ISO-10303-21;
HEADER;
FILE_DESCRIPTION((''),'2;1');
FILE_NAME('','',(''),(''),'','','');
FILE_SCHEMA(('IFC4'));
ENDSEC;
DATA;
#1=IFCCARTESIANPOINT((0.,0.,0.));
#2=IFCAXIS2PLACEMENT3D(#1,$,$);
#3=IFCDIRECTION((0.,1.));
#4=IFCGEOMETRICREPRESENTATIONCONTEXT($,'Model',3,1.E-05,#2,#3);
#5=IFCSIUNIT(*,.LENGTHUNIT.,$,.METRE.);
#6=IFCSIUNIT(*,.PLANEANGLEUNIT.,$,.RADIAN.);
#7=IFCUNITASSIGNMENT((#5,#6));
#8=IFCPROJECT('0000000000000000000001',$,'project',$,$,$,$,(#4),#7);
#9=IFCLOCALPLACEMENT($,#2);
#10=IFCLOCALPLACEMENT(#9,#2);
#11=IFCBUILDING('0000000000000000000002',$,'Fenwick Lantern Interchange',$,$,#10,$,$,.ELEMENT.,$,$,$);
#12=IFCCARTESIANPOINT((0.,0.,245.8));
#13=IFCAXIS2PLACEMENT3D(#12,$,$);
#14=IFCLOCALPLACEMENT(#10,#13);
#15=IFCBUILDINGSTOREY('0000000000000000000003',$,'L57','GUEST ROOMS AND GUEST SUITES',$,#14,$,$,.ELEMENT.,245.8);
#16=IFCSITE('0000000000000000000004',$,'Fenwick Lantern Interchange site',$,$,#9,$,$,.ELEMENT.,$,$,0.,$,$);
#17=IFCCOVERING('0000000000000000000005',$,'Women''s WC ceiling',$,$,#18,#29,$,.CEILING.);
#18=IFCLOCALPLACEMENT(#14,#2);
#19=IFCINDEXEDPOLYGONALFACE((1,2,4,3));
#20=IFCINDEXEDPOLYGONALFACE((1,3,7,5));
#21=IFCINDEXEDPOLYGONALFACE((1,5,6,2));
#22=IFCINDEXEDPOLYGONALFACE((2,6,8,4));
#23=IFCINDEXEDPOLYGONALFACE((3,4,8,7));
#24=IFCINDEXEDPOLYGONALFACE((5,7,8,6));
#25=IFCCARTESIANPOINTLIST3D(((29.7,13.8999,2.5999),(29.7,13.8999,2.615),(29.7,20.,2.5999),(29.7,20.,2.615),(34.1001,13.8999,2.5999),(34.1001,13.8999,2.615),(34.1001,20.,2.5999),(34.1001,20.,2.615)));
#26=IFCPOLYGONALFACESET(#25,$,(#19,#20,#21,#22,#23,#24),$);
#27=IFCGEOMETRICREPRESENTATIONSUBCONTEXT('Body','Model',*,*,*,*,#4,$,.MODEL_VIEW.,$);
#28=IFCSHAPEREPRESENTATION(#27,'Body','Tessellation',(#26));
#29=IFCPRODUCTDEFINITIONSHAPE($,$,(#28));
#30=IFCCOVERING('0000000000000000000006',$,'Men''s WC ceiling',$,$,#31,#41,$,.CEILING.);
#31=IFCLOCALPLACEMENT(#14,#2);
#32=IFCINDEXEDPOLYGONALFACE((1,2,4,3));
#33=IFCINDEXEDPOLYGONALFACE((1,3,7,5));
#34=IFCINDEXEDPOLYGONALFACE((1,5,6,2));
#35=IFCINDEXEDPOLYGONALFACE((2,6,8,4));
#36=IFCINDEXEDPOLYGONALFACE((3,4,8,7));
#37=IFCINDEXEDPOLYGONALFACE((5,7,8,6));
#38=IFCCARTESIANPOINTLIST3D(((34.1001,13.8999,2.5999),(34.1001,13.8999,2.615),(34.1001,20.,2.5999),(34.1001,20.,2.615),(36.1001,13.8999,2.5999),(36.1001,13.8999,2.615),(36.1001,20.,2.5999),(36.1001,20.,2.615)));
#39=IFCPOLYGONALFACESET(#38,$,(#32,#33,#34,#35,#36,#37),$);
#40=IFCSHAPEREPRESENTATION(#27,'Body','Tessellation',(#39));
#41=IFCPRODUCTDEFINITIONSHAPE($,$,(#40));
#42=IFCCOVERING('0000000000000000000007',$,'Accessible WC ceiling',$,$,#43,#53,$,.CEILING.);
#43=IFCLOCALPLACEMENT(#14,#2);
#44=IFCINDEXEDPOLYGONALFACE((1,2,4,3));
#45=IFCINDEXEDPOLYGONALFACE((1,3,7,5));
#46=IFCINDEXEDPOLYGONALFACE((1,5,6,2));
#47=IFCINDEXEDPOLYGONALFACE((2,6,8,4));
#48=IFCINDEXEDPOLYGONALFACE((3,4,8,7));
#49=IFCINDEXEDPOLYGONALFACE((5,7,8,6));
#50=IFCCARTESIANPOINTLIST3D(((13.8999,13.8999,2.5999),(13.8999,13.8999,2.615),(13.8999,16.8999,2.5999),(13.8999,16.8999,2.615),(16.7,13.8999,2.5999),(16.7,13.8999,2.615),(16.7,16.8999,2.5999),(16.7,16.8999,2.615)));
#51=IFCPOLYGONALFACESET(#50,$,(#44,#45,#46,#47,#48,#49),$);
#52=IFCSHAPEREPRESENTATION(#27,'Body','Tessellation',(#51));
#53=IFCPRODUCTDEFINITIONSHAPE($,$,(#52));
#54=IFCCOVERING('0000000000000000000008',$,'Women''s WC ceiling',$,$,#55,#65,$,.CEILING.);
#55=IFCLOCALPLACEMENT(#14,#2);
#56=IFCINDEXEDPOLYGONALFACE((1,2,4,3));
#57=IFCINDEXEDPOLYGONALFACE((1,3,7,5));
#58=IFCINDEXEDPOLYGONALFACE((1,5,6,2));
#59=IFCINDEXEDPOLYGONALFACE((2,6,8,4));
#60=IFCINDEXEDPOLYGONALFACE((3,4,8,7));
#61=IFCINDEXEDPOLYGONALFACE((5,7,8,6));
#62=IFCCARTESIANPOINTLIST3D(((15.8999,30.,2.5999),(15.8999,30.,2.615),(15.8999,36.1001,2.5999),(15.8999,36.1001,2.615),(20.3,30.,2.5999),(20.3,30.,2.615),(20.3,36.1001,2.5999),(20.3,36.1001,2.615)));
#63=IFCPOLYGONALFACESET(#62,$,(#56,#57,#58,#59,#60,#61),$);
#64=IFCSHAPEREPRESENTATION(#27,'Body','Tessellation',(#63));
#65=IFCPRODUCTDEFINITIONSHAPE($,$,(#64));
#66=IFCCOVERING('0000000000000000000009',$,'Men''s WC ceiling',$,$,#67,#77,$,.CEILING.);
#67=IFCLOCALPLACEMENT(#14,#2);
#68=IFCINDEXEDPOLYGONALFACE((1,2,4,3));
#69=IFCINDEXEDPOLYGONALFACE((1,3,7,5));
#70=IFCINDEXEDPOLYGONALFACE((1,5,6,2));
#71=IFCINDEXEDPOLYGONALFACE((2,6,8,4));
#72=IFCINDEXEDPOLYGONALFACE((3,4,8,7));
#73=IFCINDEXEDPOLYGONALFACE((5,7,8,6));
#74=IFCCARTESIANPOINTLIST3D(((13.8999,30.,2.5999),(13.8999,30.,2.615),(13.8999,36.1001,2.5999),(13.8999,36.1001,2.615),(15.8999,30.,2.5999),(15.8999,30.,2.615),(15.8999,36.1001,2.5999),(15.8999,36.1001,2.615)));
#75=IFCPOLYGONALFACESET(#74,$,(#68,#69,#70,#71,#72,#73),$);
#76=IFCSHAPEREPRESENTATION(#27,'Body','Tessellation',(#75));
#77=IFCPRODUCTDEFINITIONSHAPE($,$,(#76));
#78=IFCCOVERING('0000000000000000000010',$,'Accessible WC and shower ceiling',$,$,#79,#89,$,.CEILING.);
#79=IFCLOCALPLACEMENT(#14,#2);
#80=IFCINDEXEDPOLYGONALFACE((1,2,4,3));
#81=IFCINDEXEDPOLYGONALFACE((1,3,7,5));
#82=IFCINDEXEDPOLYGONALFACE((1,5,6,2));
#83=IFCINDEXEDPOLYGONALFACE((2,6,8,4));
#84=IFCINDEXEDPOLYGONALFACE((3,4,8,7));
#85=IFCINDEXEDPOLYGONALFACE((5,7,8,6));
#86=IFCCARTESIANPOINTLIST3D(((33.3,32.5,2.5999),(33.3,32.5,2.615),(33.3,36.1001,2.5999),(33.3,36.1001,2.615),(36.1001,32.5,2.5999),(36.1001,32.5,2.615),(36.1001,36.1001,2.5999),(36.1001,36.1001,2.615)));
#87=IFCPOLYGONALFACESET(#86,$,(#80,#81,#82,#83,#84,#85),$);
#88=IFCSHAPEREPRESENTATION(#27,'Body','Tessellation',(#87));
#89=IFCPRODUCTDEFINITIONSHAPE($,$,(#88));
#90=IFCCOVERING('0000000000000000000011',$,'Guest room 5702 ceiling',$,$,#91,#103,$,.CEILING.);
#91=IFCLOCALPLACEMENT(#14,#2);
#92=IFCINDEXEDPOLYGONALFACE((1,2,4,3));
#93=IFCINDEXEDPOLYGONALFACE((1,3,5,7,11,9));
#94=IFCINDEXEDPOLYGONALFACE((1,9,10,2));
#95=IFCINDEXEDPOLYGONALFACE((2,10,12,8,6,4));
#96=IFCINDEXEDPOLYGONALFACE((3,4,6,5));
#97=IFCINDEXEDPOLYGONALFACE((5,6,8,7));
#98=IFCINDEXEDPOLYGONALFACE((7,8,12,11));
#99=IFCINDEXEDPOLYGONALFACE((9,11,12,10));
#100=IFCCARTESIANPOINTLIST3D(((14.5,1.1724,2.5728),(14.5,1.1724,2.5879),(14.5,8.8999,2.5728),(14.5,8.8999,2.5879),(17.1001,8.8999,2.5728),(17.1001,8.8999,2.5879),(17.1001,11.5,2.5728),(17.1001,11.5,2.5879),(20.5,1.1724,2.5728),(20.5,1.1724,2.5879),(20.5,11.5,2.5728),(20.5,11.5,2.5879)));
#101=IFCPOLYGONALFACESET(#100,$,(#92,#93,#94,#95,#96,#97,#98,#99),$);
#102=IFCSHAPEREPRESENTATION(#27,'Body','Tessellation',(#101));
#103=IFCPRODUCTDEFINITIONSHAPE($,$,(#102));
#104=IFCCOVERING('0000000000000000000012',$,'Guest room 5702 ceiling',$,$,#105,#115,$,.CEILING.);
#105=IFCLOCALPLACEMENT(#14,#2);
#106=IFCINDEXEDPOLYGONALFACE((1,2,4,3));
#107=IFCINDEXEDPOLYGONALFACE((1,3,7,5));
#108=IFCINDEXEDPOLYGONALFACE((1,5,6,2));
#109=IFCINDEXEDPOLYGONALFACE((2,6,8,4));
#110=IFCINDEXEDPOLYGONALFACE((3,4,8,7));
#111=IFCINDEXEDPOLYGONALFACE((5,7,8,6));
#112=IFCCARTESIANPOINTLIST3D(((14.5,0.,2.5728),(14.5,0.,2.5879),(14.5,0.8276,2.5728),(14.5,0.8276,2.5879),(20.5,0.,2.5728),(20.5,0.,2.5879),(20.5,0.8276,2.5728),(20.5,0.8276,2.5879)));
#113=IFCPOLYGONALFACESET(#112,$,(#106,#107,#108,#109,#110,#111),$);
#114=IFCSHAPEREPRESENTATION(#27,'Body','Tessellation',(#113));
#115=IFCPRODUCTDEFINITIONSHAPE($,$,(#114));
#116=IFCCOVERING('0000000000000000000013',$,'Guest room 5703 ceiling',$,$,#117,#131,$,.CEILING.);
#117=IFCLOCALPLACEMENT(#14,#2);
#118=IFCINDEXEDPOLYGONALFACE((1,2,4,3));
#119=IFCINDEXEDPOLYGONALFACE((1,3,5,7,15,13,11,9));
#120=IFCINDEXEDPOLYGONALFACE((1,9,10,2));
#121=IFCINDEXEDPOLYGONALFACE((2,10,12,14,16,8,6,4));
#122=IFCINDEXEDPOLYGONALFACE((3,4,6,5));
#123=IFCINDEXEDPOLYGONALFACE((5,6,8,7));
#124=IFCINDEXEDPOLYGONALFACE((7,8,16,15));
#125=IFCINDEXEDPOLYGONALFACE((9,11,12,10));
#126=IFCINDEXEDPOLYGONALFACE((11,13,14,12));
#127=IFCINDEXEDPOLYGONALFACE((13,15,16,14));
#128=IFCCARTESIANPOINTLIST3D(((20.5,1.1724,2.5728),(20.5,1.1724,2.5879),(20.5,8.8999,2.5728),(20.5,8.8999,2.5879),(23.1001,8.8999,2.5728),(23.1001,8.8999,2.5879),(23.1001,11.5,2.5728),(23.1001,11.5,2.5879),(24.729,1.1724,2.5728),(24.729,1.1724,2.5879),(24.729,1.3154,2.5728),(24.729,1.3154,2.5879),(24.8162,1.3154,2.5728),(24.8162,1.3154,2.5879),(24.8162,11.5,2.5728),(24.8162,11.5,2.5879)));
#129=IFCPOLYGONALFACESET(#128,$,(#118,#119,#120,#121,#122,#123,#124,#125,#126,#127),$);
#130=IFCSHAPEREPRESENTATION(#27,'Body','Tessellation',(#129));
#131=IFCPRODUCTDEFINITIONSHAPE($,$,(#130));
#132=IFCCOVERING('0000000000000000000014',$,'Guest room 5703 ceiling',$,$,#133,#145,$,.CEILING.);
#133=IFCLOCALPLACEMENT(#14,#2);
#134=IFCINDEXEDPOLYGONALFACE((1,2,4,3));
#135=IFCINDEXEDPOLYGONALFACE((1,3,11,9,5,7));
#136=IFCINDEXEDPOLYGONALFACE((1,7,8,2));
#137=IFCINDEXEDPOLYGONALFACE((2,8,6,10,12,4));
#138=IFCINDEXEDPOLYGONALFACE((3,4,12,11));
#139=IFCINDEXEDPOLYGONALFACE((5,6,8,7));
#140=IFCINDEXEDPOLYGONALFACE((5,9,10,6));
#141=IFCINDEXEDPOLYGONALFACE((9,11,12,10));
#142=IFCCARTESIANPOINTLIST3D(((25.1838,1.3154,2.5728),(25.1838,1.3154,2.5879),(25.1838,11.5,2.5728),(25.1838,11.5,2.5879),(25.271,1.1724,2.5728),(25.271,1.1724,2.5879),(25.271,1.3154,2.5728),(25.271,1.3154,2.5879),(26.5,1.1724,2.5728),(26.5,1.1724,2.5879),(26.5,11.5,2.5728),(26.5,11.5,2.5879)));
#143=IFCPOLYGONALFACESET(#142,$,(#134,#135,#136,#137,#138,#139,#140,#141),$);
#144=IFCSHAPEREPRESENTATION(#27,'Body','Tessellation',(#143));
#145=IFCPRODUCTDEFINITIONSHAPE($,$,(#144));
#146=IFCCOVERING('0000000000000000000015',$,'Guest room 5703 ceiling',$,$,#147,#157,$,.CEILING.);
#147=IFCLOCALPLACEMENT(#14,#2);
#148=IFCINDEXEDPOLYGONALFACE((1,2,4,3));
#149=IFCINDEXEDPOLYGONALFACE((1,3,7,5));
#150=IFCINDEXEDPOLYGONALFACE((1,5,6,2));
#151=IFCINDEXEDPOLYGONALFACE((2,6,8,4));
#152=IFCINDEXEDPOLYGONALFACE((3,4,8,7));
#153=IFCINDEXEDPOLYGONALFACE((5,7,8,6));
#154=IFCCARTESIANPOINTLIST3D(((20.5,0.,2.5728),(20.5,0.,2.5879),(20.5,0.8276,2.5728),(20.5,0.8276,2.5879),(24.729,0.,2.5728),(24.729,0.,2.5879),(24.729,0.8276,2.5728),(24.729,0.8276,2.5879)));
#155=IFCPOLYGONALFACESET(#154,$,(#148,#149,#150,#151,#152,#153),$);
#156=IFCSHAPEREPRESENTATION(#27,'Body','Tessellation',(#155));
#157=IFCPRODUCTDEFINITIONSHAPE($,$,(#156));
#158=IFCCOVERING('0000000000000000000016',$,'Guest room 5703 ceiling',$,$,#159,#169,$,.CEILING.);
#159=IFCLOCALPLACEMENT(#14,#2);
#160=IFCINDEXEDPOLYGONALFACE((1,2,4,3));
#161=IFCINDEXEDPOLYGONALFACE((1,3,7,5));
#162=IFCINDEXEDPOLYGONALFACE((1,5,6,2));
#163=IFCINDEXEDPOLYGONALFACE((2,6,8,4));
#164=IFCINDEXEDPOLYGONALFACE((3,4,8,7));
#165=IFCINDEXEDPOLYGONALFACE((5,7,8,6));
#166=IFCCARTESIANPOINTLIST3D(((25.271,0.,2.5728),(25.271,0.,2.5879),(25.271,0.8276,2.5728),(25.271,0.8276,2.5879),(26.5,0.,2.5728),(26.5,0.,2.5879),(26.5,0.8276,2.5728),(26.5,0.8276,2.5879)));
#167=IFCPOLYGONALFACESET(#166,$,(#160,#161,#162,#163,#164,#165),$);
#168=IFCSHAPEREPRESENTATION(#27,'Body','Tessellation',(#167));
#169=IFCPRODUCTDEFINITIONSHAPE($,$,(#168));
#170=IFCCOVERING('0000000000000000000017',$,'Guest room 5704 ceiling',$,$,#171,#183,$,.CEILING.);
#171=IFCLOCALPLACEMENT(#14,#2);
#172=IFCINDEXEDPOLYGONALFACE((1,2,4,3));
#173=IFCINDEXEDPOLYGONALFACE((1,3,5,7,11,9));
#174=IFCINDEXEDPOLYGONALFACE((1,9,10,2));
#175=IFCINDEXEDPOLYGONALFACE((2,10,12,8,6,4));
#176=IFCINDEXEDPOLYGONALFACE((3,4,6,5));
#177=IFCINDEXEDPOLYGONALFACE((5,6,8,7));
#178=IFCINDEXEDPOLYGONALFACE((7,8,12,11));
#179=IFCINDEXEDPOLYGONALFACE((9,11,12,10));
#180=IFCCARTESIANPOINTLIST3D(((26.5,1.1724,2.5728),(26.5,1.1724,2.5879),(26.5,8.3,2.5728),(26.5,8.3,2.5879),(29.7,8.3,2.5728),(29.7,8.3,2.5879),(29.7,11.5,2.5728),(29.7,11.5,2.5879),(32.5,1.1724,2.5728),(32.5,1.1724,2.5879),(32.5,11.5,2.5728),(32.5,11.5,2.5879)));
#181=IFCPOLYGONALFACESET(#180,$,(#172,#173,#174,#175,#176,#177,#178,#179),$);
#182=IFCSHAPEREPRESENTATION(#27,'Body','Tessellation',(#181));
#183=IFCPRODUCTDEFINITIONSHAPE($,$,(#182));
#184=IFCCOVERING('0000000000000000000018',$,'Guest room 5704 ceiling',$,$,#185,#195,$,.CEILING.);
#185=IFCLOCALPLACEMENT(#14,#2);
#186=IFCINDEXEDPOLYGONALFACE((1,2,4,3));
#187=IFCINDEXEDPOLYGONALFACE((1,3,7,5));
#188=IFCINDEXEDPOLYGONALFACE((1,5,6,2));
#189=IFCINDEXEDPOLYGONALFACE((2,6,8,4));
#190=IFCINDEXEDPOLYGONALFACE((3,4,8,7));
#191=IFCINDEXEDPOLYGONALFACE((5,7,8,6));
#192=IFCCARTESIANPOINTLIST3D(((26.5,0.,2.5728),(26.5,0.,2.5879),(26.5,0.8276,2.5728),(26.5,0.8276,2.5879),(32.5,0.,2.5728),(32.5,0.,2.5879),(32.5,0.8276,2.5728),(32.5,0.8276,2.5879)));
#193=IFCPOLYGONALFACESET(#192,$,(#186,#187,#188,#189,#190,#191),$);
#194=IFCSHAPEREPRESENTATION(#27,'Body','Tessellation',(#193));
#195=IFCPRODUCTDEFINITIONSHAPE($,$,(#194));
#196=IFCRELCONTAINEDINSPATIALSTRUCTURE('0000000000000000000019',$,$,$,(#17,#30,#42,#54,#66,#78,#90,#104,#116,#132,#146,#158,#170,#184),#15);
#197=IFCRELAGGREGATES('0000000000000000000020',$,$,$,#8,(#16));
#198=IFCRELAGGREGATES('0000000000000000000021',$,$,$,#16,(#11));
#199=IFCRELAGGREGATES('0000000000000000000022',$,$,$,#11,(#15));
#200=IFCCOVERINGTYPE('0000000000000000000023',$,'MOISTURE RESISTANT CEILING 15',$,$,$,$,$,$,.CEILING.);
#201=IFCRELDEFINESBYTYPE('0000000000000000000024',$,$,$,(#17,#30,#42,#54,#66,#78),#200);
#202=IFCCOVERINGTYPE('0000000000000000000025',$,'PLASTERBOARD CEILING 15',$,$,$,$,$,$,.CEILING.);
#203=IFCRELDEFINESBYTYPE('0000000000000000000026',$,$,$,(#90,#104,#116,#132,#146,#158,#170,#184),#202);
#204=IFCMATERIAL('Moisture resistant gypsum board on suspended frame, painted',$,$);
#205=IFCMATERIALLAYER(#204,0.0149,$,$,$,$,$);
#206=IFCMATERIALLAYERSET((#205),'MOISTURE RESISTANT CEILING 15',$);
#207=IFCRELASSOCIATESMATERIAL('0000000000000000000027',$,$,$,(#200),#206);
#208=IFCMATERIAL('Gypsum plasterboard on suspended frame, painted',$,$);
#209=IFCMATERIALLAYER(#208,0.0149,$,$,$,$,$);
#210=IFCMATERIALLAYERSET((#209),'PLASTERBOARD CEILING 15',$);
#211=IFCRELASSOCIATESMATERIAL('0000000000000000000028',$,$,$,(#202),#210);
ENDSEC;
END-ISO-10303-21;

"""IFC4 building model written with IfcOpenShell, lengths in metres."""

from ifc_helpers import new_model, si_unit, direction, frame, origin, place, context, subcontext, project, spatial, polyline, outline, extrude, material, layer, layer_set, type_object, element, save


model = new_model("IFC4")

# Units and contexts
model_context = context("Model", 3, precision=1e-05, world=origin(), true_north=direction((0.0, 1.0)))
body_context = subcontext(model_context, "Body", "Model", "MODEL_VIEW")
ifc_project = project(units=[si_unit("LENGTHUNIT", "METRE"), si_unit("PLANEANGLEUNIT", "RADIAN")], contexts=[model_context])

# Site, building, storey
site_placement = place(None, origin())
site = spatial("IfcSite", under=ifc_project, at=site_placement, Name="Fenwick Lantern Interchange site", CompositionType="ELEMENT", RefElevation=0.0)
building_placement = place(site_placement, origin())
building = spatial("IfcBuilding", under=site, at=building_placement, Name="Fenwick Lantern Interchange", CompositionType="ELEMENT")
storey_placement = place(building_placement, frame((0.0, 0.0, 245.8)))
storey = spatial("IfcBuildingStorey", under=building, at=storey_placement, Name="L57", Description="GUEST ROOMS AND GUEST SUITES", CompositionType="ELEMENT", Elevation=245.8)

# Coverings
ifc_material_1 = material(Name="Moisture resistant gypsum board on suspended frame, painted")
ifc_layer_1 = layer(ifc_material_1, 0.0149)
ifc_layer_set_1 = layer_set([ifc_layer_1], Name="MOISTURE RESISTANT CEILING 15")
covering_type_1 = type_object("IfcCoveringType", Name="MOISTURE RESISTANT CEILING 15", PredefinedType="CEILING", material=ifc_layer_set_1)
covering_1_placement = place(storey_placement, frame((0.0, 0.0, 2.5999)))
element("IfcCovering", 1, at=covering_1_placement, inside=storey, type_object=covering_type_1, Name="Women's WC ceiling", PredefinedType="CEILING", context=body_context, shape_type="SweptSolid", body=[
    extrude(outline(polyline([(29.7, 13.8999), (34.1001, 13.8999), (34.1001, 20.0), (29.7, 20.0), (29.7, 13.8999)])), origin(), (0.0, 0.0, 1.0), 0.0151),
])
covering_2_placement = place(storey_placement, frame((0.0, 0.0, 2.5999)))
element("IfcCovering", 2, at=covering_2_placement, inside=storey, type_object=covering_type_1, Name="Men's WC ceiling", PredefinedType="CEILING", context=body_context, shape_type="SweptSolid", body=[
    extrude(outline(polyline([(34.1001, 13.8999), (36.1001, 13.8999), (36.1001, 20.0), (34.1001, 20.0), (34.1001, 13.8999)])), origin(), (0.0, 0.0, 1.0), 0.0151),
])
covering_3_placement = place(storey_placement, frame((0.0, 0.0, 2.5999)))
element("IfcCovering", 3, at=covering_3_placement, inside=storey, type_object=covering_type_1, Name="Accessible WC ceiling", PredefinedType="CEILING", context=body_context, shape_type="SweptSolid", body=[
    extrude(outline(polyline([(13.8999, 13.8999), (16.7, 13.8999), (16.7, 16.8999), (13.8999, 16.8999), (13.8999, 13.8999)])), origin(), (0.0, 0.0, 1.0), 0.0151),
])
covering_4_placement = place(storey_placement, frame((0.0, 0.0, 2.5999)))
element("IfcCovering", 4, at=covering_4_placement, inside=storey, type_object=covering_type_1, Name="Women's WC ceiling", PredefinedType="CEILING", context=body_context, shape_type="SweptSolid", body=[
    extrude(outline(polyline([(20.3, 36.1001), (15.8999, 36.1001), (15.8999, 30.0), (20.3, 30.0), (20.3, 36.1001)])), origin(), (0.0, 0.0, 1.0), 0.0151),
])
covering_5_placement = place(storey_placement, frame((0.0, 0.0, 2.5999)))
element("IfcCovering", 5, at=covering_5_placement, inside=storey, type_object=covering_type_1, Name="Men's WC ceiling", PredefinedType="CEILING", context=body_context, shape_type="SweptSolid", body=[
    extrude(outline(polyline([(15.8999, 36.1001), (13.8999, 36.1001), (13.8999, 30.0), (15.8999, 30.0), (15.8999, 36.1001)])), origin(), (0.0, 0.0, 1.0), 0.0151),
])
covering_6_placement = place(storey_placement, frame((0.0, 0.0, 2.5999)))
element("IfcCovering", 6, at=covering_6_placement, inside=storey, type_object=covering_type_1, Name="Accessible WC and shower ceiling", PredefinedType="CEILING", context=body_context, shape_type="SweptSolid", body=[
    extrude(outline(polyline([(36.1001, 36.1001), (33.3, 36.1001), (33.3, 32.5), (36.1001, 32.5), (36.1001, 36.1001)])), origin(), (0.0, 0.0, 1.0), 0.0151),
])
ifc_material_2 = material(Name="Gypsum plasterboard on suspended frame, painted")
ifc_layer_2 = layer(ifc_material_2, 0.0149)
ifc_layer_set_2 = layer_set([ifc_layer_2], Name="PLASTERBOARD CEILING 15")
covering_type_2 = type_object("IfcCoveringType", Name="PLASTERBOARD CEILING 15", PredefinedType="CEILING", material=ifc_layer_set_2)
covering_7_placement = place(storey_placement, frame((0.0, 0.0, 2.5728)))
element("IfcCovering", 7, at=covering_7_placement, inside=storey, type_object=covering_type_2, Name="Guest room 5702 ceiling", PredefinedType="CEILING", context=body_context, shape_type="SweptSolid", body=[
    extrude(outline(polyline([(20.5, 1.1724), (20.5, 11.5), (17.1001, 11.5), (17.1001, 8.8999), (14.5, 8.8999), (14.5, 1.1724), (20.5, 1.1724)])), origin(), (0.0, 0.0, 1.0), 0.0151),
])
covering_8_placement = place(storey_placement, frame((0.0, 0.0, 2.5728)))
element("IfcCovering", 8, at=covering_8_placement, inside=storey, type_object=covering_type_2, Name="Guest room 5702 ceiling", PredefinedType="CEILING", context=body_context, shape_type="SweptSolid", body=[
    extrude(outline(polyline([(20.5, 0.0), (20.5, 0.8276), (14.5, 0.8276), (14.5, 0.0), (20.5, 0.0)])), origin(), (0.0, 0.0, 1.0), 0.0151),
])
covering_9_placement = place(storey_placement, frame((0.0, 0.0, 2.5728)))
element("IfcCovering", 9, at=covering_9_placement, inside=storey, type_object=covering_type_2, Name="Guest room 5703 ceiling", PredefinedType="CEILING", context=body_context, shape_type="SweptSolid", body=[
    extrude(outline(polyline([(24.729, 1.3154), (24.8162, 1.3154), (24.8162, 11.5), (23.1001, 11.5), (23.1001, 8.8999), (20.5, 8.8999), (20.5, 1.1724), (24.729, 1.1724), (24.729, 1.3154)])), origin(), (0.0, 0.0, 1.0), 0.0151),
])
covering_10_placement = place(storey_placement, frame((0.0, 0.0, 2.5728)))
element("IfcCovering", 10, at=covering_10_placement, inside=storey, type_object=covering_type_2, Name="Guest room 5703 ceiling", PredefinedType="CEILING", context=body_context, shape_type="SweptSolid", body=[
    extrude(outline(polyline([(25.271, 1.3154), (25.271, 1.1724), (26.5, 1.1724), (26.5, 11.5), (25.1838, 11.5), (25.1838, 1.3154), (25.271, 1.3154)])), origin(), (0.0, 0.0, 1.0), 0.0151),
])
covering_11_placement = place(storey_placement, frame((0.0, 0.0, 2.5728)))
element("IfcCovering", 11, at=covering_11_placement, inside=storey, type_object=covering_type_2, Name="Guest room 5703 ceiling", PredefinedType="CEILING", context=body_context, shape_type="SweptSolid", body=[
    extrude(outline(polyline([(24.729, 0.0), (24.729, 0.8276), (20.5, 0.8276), (20.5, 0.0), (24.729, 0.0)])), origin(), (0.0, 0.0, 1.0), 0.0151),
])
covering_12_placement = place(storey_placement, frame((0.0, 0.0, 2.5728)))
element("IfcCovering", 12, at=covering_12_placement, inside=storey, type_object=covering_type_2, Name="Guest room 5703 ceiling", PredefinedType="CEILING", context=body_context, shape_type="SweptSolid", body=[
    extrude(outline(polyline([(25.271, 0.0), (26.5, 0.0), (26.5, 0.8276), (25.271, 0.8276), (25.271, 0.0)])), origin(), (0.0, 0.0, 1.0), 0.0151),
])
covering_13_placement = place(storey_placement, frame((0.0, 0.0, 2.5728)))
element("IfcCovering", 13, at=covering_13_placement, inside=storey, type_object=covering_type_2, Name="Guest room 5704 ceiling", PredefinedType="CEILING", context=body_context, shape_type="SweptSolid", body=[
    extrude(outline(polyline([(32.5, 1.1724), (32.5, 11.5), (29.7, 11.5), (29.7, 8.3), (26.5, 8.3), (26.5, 1.1724), (32.5, 1.1724)])), origin(), (0.0, 0.0, 1.0), 0.0151),
])
covering_14_placement = place(storey_placement, frame((0.0, 0.0, 2.5728)))
element("IfcCovering", 14, at=covering_14_placement, inside=storey, type_object=covering_type_2, Name="Guest room 5704 ceiling", PredefinedType="CEILING", context=body_context, shape_type="SweptSolid", body=[
    extrude(outline(polyline([(32.5, 0.0), (32.5, 0.8276), (26.5, 0.8276), (26.5, 0.0), (32.5, 0.0)])), origin(), (0.0, 0.0, 1.0), 0.0151),
])

save(model, "model.ifc")
